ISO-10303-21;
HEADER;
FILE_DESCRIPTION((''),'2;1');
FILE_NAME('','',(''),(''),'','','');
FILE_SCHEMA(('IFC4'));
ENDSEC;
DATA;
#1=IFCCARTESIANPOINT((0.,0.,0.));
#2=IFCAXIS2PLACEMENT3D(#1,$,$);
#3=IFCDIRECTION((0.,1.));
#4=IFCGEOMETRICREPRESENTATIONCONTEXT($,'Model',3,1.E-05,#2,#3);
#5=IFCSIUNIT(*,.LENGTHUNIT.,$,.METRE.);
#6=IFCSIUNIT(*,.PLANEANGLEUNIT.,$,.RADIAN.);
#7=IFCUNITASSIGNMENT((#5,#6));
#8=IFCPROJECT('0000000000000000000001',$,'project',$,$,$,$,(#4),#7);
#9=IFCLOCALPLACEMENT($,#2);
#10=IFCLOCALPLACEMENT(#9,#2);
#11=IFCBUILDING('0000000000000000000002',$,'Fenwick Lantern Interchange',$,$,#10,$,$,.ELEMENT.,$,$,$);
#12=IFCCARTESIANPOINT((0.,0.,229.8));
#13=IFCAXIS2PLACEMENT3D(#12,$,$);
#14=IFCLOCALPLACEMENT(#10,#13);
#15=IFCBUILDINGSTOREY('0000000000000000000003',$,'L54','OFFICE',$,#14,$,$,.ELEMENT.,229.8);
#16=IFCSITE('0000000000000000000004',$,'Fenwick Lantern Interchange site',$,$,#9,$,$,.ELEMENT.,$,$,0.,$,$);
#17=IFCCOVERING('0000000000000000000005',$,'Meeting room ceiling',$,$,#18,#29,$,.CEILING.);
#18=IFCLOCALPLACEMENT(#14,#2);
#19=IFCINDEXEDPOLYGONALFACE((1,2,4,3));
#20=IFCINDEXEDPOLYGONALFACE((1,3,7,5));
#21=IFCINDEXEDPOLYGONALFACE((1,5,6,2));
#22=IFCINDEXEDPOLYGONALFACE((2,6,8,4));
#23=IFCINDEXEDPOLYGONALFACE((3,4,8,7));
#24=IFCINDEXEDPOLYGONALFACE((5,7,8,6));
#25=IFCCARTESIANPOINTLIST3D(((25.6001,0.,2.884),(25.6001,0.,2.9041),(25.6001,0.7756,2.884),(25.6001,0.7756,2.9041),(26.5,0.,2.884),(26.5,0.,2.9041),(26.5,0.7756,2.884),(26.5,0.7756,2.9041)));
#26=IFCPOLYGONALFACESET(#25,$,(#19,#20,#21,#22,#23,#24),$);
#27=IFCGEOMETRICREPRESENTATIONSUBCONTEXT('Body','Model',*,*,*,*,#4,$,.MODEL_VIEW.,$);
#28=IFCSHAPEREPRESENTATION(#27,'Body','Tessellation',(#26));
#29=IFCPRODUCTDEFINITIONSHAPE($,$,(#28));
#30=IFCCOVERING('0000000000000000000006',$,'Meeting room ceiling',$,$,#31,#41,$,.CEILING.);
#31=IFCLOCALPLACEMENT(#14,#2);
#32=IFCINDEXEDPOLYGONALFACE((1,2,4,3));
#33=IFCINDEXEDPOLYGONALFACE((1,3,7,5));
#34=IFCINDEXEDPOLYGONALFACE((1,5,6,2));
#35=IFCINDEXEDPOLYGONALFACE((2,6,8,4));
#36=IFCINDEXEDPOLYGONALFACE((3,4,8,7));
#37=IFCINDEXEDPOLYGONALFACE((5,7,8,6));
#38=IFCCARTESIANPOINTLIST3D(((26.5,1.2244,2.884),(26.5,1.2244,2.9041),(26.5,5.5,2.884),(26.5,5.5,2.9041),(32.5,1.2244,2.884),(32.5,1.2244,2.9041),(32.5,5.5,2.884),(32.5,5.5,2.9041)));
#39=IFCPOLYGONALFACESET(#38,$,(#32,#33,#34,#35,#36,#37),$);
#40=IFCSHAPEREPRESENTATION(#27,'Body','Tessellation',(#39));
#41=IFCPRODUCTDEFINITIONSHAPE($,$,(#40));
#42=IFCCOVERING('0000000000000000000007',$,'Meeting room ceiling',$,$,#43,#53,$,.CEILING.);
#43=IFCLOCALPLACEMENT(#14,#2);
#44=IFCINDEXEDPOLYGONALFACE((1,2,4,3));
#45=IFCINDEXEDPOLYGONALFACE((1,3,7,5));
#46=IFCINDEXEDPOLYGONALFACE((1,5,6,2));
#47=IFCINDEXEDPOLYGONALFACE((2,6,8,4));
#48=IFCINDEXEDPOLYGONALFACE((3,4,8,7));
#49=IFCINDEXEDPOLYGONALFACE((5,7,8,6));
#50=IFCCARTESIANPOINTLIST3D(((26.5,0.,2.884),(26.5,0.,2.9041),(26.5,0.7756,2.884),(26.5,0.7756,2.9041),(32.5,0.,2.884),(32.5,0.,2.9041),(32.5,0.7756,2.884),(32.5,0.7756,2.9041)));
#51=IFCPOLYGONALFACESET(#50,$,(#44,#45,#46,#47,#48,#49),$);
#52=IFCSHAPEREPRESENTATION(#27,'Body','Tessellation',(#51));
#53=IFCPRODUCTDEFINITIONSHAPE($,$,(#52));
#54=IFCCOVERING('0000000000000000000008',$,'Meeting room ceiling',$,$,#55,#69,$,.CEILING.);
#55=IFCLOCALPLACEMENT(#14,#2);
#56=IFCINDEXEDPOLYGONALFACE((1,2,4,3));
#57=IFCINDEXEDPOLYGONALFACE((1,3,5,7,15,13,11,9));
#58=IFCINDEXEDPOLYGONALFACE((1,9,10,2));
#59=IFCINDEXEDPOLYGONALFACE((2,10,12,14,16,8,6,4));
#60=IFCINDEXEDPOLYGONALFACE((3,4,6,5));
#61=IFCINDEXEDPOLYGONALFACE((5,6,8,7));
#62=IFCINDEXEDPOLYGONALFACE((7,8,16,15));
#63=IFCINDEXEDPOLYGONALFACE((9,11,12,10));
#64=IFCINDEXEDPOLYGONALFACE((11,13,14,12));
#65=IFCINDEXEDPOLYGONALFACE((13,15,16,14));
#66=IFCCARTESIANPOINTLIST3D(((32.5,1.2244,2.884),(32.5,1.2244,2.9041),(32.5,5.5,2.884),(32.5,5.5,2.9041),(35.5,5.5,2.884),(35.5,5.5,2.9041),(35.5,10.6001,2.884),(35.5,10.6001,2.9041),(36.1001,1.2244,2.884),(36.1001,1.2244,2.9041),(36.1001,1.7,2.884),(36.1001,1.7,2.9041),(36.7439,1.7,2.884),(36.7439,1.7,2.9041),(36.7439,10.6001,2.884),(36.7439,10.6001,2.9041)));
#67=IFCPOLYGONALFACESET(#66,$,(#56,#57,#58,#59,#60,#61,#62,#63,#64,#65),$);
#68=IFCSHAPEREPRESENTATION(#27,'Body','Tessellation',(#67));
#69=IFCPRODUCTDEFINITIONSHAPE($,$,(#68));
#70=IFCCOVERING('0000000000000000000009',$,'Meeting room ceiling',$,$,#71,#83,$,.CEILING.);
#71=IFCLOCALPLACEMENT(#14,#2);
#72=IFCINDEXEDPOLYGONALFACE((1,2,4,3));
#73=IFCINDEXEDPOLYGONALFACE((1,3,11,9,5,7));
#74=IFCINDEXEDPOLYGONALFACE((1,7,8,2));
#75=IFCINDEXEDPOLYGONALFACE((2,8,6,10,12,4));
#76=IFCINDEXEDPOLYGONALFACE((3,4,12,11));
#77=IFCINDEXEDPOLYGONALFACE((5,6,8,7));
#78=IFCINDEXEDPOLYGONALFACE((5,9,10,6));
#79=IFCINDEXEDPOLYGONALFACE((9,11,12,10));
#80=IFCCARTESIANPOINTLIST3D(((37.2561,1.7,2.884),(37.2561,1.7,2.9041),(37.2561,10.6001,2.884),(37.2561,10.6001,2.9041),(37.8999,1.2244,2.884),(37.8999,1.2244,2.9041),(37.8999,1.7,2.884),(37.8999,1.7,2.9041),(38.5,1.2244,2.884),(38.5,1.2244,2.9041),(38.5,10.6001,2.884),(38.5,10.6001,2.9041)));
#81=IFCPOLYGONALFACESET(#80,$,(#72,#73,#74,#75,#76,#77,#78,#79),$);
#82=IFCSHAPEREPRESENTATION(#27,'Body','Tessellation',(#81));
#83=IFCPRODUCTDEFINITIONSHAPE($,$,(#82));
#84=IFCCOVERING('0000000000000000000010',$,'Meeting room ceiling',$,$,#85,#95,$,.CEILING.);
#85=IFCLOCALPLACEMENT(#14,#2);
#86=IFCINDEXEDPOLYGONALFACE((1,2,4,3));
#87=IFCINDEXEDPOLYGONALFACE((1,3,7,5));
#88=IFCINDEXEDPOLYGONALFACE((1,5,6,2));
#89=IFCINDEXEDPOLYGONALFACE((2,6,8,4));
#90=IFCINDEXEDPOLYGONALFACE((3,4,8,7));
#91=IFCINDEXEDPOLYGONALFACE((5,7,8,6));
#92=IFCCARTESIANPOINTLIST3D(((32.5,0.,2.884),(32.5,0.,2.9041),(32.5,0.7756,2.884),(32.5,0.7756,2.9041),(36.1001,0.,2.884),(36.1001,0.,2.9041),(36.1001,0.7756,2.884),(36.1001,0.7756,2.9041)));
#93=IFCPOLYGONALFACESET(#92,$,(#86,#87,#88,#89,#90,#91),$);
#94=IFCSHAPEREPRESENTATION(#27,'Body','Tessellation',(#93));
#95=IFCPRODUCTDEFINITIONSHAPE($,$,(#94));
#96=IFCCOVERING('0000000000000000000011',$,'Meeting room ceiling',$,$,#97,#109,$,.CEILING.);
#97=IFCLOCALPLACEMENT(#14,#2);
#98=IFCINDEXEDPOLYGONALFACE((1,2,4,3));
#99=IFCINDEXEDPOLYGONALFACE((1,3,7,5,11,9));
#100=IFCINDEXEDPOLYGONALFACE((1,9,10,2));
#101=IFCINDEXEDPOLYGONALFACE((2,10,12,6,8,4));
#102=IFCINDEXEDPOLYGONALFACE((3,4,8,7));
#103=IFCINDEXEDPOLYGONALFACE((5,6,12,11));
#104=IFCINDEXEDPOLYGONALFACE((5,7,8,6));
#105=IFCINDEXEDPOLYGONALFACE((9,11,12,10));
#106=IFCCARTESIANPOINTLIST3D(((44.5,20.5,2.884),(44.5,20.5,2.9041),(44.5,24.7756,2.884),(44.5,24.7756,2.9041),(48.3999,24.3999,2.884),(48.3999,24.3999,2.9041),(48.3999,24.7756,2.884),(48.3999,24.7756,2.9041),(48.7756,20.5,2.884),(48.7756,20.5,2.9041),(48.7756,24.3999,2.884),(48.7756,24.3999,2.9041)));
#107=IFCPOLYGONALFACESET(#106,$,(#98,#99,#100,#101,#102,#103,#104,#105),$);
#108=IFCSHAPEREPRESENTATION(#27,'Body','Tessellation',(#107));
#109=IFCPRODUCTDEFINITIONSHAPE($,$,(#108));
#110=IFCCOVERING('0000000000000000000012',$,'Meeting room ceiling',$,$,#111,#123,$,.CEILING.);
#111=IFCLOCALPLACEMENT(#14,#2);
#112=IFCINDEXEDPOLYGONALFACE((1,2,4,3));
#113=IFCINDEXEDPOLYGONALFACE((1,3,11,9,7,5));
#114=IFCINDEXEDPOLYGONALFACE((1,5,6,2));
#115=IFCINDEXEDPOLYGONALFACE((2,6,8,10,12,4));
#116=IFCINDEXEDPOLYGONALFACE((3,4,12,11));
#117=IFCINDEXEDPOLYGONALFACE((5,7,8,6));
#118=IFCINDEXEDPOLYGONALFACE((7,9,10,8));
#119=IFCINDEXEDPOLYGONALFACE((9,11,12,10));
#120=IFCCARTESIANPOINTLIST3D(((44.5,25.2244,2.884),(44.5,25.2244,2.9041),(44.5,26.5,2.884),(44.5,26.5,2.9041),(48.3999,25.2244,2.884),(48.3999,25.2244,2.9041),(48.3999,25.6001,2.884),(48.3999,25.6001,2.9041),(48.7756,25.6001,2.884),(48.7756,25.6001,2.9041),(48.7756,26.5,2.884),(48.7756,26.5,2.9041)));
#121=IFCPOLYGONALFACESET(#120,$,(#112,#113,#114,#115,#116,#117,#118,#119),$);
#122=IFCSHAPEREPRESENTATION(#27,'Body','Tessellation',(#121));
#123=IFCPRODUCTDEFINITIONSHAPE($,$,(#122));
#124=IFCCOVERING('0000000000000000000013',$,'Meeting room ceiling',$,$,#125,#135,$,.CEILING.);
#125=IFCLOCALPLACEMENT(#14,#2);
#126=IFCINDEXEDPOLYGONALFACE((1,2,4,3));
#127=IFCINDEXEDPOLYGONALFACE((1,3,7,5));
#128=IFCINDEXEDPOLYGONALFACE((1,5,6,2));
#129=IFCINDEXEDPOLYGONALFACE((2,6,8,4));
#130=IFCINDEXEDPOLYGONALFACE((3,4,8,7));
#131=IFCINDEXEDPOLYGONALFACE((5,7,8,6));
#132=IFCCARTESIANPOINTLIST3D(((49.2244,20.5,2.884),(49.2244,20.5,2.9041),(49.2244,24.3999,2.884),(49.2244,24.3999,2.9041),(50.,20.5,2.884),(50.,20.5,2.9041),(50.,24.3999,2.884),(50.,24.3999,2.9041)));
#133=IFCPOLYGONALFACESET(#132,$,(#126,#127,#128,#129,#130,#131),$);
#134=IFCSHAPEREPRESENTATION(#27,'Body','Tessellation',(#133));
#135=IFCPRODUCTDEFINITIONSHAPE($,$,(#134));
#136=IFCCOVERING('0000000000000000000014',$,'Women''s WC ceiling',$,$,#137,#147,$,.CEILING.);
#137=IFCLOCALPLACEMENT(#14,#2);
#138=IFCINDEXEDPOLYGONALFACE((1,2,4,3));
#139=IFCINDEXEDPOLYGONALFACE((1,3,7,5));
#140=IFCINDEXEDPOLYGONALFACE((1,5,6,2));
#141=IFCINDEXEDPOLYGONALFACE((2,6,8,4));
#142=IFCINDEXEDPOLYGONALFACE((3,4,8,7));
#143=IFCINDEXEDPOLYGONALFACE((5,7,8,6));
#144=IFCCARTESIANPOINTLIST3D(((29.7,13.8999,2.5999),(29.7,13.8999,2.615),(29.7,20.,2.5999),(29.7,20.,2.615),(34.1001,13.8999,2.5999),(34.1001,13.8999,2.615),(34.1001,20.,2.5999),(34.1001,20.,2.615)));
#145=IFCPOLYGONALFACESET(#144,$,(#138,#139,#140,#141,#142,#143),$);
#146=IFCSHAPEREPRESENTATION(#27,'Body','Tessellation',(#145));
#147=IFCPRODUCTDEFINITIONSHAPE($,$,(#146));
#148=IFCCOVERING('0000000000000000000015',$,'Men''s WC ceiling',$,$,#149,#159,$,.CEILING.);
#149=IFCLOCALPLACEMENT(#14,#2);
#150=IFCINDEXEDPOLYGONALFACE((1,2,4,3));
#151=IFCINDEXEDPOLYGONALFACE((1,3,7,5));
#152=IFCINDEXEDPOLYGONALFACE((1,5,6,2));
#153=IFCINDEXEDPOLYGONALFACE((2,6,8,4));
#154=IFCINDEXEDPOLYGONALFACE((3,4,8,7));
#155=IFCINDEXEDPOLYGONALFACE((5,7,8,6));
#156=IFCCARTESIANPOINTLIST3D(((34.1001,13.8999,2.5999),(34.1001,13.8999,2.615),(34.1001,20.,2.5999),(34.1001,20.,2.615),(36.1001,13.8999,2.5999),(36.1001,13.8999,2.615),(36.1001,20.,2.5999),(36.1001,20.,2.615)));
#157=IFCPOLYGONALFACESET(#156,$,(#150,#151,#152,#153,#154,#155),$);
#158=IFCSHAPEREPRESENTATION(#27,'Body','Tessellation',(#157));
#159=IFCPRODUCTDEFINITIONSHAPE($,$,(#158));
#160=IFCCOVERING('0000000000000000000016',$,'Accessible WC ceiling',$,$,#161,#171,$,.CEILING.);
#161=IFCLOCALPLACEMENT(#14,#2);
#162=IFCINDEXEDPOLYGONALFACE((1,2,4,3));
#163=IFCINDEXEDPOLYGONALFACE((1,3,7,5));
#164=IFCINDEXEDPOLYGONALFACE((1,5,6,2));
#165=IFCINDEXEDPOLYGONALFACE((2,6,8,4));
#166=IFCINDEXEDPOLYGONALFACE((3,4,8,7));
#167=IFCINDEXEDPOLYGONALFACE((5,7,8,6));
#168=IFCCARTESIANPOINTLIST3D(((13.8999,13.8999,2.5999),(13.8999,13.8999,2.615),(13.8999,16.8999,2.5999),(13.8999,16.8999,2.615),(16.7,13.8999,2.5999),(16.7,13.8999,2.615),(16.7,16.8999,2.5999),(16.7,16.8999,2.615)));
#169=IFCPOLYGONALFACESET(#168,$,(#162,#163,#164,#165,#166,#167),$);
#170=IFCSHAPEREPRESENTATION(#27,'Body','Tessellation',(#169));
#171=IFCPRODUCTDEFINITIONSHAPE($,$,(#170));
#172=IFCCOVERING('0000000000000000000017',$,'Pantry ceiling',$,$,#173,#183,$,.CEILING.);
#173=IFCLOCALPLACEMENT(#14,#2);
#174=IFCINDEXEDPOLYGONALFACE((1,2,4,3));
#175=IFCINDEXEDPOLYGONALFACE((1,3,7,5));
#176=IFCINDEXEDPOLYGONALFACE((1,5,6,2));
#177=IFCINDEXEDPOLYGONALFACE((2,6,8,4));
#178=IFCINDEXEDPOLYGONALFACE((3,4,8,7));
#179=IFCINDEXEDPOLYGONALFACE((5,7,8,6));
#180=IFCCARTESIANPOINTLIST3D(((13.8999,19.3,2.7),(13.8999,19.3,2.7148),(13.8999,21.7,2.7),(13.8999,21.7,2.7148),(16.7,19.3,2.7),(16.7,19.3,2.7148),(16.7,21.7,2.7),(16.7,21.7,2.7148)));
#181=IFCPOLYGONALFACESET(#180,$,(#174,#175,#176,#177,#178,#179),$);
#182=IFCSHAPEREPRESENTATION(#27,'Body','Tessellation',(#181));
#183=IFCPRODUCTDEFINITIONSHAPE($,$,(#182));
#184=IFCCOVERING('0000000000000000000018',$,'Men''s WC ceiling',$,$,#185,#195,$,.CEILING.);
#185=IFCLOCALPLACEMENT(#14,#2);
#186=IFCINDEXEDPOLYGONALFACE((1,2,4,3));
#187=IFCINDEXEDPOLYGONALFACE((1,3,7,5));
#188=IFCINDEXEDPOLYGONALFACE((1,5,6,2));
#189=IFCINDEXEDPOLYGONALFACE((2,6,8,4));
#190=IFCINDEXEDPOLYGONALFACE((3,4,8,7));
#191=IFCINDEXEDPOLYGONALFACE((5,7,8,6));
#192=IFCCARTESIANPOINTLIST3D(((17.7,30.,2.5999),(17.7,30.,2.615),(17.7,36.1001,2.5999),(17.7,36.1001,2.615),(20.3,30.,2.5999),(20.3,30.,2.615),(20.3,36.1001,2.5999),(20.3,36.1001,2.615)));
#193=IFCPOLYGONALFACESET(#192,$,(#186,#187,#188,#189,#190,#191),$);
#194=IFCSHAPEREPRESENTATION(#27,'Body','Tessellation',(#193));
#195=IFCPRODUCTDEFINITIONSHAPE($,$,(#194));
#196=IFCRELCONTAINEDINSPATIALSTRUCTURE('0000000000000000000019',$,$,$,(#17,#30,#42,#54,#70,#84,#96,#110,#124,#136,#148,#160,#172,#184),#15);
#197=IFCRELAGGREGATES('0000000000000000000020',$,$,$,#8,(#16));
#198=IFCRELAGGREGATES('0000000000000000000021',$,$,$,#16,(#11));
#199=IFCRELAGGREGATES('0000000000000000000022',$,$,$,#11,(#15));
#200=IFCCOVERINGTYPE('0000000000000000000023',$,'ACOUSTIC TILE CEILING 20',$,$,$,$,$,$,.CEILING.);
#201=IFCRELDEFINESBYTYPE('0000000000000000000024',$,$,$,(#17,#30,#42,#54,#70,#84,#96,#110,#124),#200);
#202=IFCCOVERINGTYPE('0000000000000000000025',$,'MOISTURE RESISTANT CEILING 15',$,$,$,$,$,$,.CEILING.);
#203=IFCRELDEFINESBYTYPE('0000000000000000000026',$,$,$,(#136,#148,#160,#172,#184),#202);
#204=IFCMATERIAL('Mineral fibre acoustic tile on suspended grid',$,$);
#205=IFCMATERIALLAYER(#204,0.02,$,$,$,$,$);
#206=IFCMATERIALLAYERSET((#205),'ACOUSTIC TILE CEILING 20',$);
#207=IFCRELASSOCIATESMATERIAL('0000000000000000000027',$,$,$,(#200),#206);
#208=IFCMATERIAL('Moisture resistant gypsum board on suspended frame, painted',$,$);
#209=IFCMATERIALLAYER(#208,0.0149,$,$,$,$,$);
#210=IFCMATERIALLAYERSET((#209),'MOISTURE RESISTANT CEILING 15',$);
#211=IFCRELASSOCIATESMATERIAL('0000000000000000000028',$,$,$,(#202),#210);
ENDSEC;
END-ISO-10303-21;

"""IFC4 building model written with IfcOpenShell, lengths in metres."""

from ifc_helpers import new_model, si_unit, direction, frame, origin, place, context, subcontext, project, spatial, polyline, outline, extrude, material, layer, layer_set, type_object, element, save


model = new_model("IFC4")

# Units and contexts
model_context = context("Model", 3, precision=1e-05, world=origin(), true_north=direction((0.0, 1.0)))
body_context = subcontext(model_context, "Body", "Model", "MODEL_VIEW")
ifc_project = project(units=[si_unit("LENGTHUNIT", "METRE"), si_unit("PLANEANGLEUNIT", "RADIAN")], contexts=[model_context])

# Site, building, storey
site_placement = place(None, origin())
site = spatial("IfcSite", under=ifc_project, at=site_placement, Name="Fenwick Lantern Interchange site", CompositionType="ELEMENT", RefElevation=0.0)
building_placement = place(site_placement, origin())
building = spatial("IfcBuilding", under=site, at=building_placement, Name="Fenwick Lantern Interchange", CompositionType="ELEMENT")
storey_placement = place(building_placement, frame((0.0, 0.0, 229.8)))
storey = spatial("IfcBuildingStorey", under=building, at=storey_placement, Name="L54", Description="OFFICE", CompositionType="ELEMENT", Elevation=229.8)

# Coverings
ifc_material_1 = material(Name="Mineral fibre acoustic tile on suspended grid")
ifc_layer_1 = layer(ifc_material_1, 0.02)
ifc_layer_set_1 = layer_set([ifc_layer_1], Name="ACOUSTIC TILE CEILING 20")
covering_type_1 = type_object("IfcCoveringType", Name="ACOUSTIC TILE CEILING 20", PredefinedType="CEILING", material=ifc_layer_set_1)
covering_1_placement = place(storey_placement, frame((0.0, 0.0, 2.884)))
element("IfcCovering", 1, at=covering_1_placement, inside=storey, type_object=covering_type_1, Name="Meeting room ceiling", PredefinedType="CEILING", context=body_context, shape_type="SweptSolid", body=[
    extrude(outline(polyline([(26.5, 0.0), (26.5, 0.7756), (25.6001, 0.7756), (25.6001, 0.0), (26.5, 0.0)])), origin(), (0.0, 0.0, 1.0), 0.02),
])
covering_2_placement = place(storey_placement, frame((0.0, 0.0, 2.884)))
element("IfcCovering", 2, at=covering_2_placement, inside=storey, type_object=covering_type_1, Name="Meeting room ceiling", PredefinedType="CEILING", context=body_context, shape_type="SweptSolid", body=[
    extrude(outline(polyline([(26.5, 5.5), (26.5, 1.2244), (32.5, 1.2244), (32.5, 5.5), (26.5, 5.5)])), origin(), (0.0, 0.0, 1.0), 0.02),
])
covering_3_placement = place(storey_placement, frame((0.0, 0.0, 2.884)))
element("IfcCovering", 3, at=covering_3_placement, inside=storey, type_object=covering_type_1, Name="Meeting room ceiling", PredefinedType="CEILING", context=body_context, shape_type="SweptSolid", body=[
    extrude(outline(polyline([(32.5, 0.0), (32.5, 0.7756), (26.5, 0.7756), (26.5, 0.0), (32.5, 0.0)])), origin(), (0.0, 0.0, 1.0), 0.02),
])
covering_4_placement = place(storey_placement, frame((0.0, 0.0, 2.884)))
element("IfcCovering", 4, at=covering_4_placement, inside=storey, type_object=covering_type_1, Name="Meeting room ceiling", PredefinedType="CEILING", context=body_context, shape_type="SweptSolid", body=[
    extrude(outline(polyline([(36.1001, 1.7), (36.7439, 1.7), (36.7439, 10.6001), (35.5, 10.6001), (35.5, 5.5), (32.5, 5.5), (32.5, 1.2244), (36.1001, 1.2244), (36.1001, 1.7)])), origin(), (0.0, 0.0, 1.0), 0.02),
])
covering_5_placement = place(storey_placement, frame((0.0, 0.0, 2.884)))
element("IfcCovering", 5, at=covering_5_placement, inside=storey, type_object=covering_type_1, Name="Meeting room ceiling", PredefinedType="CEILING", context=body_context, shape_type="SweptSolid", body=[
    extrude(outline(polyline([(37.8999, 1.7), (37.8999, 1.2244), (38.5, 1.2244), (38.5, 10.6001), (37.2561, 10.6001), (37.2561, 1.7), (37.8999, 1.7)])), origin(), (0.0, 0.0, 1.0), 0.02),
])
covering_6_placement = place(storey_placement, frame((0.0, 0.0, 2.884)))
element("IfcCovering", 6, at=covering_6_placement, inside=storey, type_object=covering_type_1, Name="Meeting room ceiling", PredefinedType="CEILING", context=body_context, shape_type="SweptSolid", body=[
    extrude(outline(polyline([(36.1001, 0.0), (36.1001, 0.7756), (32.5, 0.7756), (32.5, 0.0), (36.1001, 0.0)])), origin(), (0.0, 0.0, 1.0), 0.02),
])
covering_7_placement = place(storey_placement, frame((0.0, 0.0, 2.884)))
element("IfcCovering", 7, at=covering_7_placement, inside=storey, type_object=covering_type_1, Name="Meeting room ceiling", PredefinedType="CEILING", context=body_context, shape_type="SweptSolid", body=[
    extrude(outline(polyline([(44.5, 20.5), (48.7756, 20.5), (48.7756, 24.3999), (48.3999, 24.3999), (48.3999, 24.7756), (44.5, 24.7756), (44.5, 20.5)])), origin(), (0.0, 0.0, 1.0), 0.02),
])
covering_8_placement = place(storey_placement, frame((0.0, 0.0, 2.884)))
element("IfcCovering", 8, at=covering_8_placement, inside=storey, type_object=covering_type_1, Name="Meeting room ceiling", PredefinedType="CEILING", context=body_context, shape_type="SweptSolid", body=[
    extrude(outline(polyline([(44.5, 26.5), (44.5, 25.2244), (48.3999, 25.2244), (48.3999, 25.6001), (48.7756, 25.6001), (48.7756, 26.5), (44.5, 26.5)])), origin(), (0.0, 0.0, 1.0), 0.02),
])
covering_9_placement = place(storey_placement, frame((0.0, 0.0, 2.884)))
element("IfcCovering", 9, at=covering_9_placement, inside=storey, type_object=covering_type_1, Name="Meeting room ceiling", PredefinedType="CEILING", context=body_context, shape_type="SweptSolid", body=[
    extrude(outline(polyline([(49.2244, 20.5), (50.0, 20.5), (50.0, 24.3999), (49.2244, 24.3999), (49.2244, 20.5)])), origin(), (0.0, 0.0, 1.0), 0.02),
])
ifc_material_2 = material(Name="Moisture resistant gypsum board on suspended frame, painted")
ifc_layer_2 = layer(ifc_material_2, 0.0149)
ifc_layer_set_2 = layer_set([ifc_layer_2], Name="MOISTURE RESISTANT CEILING 15")
covering_type_2 = type_object("IfcCoveringType", Name="MOISTURE RESISTANT CEILING 15", PredefinedType="CEILING", material=ifc_layer_set_2)
covering_10_placement = place(storey_placement, frame((0.0, 0.0, 2.5999)))
element("IfcCovering", 10, at=covering_10_placement, inside=storey, type_object=covering_type_2, Name="Women's WC ceiling", PredefinedType="CEILING", context=body_context, shape_type="SweptSolid", body=[
    extrude(outline(polyline([(29.7, 13.8999), (34.1001, 13.8999), (34.1001, 20.0), (29.7, 20.0), (29.7, 13.8999)])), origin(), (0.0, 0.0, 1.0), 0.0151),
])
covering_11_placement = place(storey_placement, frame((0.0, 0.0, 2.5999)))
element("IfcCovering", 11, at=covering_11_placement, inside=storey, type_object=covering_type_2, Name="Men's WC ceiling", PredefinedType="CEILING", context=body_context, shape_type="SweptSolid", body=[
    extrude(outline(polyline([(34.1001, 13.8999), (36.1001, 13.8999), (36.1001, 20.0), (34.1001, 20.0), (34.1001, 13.8999)])), origin(), (0.0, 0.0, 1.0), 0.0151),
])
covering_12_placement = place(storey_placement, frame((0.0, 0.0, 2.5999)))
element("IfcCovering", 12, at=covering_12_placement, inside=storey, type_object=covering_type_2, Name="Accessible WC ceiling", PredefinedType="CEILING", context=body_context, shape_type="SweptSolid", body=[
    extrude(outline(polyline([(13.8999, 13.8999), (16.7, 13.8999), (16.7, 16.8999), (13.8999, 16.8999), (13.8999, 13.8999)])), origin(), (0.0, 0.0, 1.0), 0.0151),
])
covering_13_placement = place(storey_placement, frame((0.0, 0.0, 2.7)))
element("IfcCovering", 13, at=covering_13_placement, inside=storey, type_object=covering_type_2, Name="Pantry ceiling", PredefinedType="CEILING", context=body_context, shape_type="SweptSolid", body=[
    extrude(outline(polyline([(13.8999, 19.3), (16.7, 19.3), (16.7, 21.7), (13.8999, 21.7), (13.8999, 19.3)])), origin(), (0.0, 0.0, 1.0), 0.0149),
])
covering_14_placement = place(storey_placement, frame((0.0, 0.0, 2.5999)))
element("IfcCovering", 14, at=covering_14_placement, inside=storey, type_object=covering_type_2, Name="Men's WC ceiling", PredefinedType="CEILING", context=body_context, shape_type="SweptSolid", body=[
    extrude(outline(polyline([(20.3, 36.1001), (17.7, 36.1001), (17.7, 30.0), (20.3, 30.0), (20.3, 36.1001)])), origin(), (0.0, 0.0, 1.0), 0.0151),
])

save(model, "model.ifc")
